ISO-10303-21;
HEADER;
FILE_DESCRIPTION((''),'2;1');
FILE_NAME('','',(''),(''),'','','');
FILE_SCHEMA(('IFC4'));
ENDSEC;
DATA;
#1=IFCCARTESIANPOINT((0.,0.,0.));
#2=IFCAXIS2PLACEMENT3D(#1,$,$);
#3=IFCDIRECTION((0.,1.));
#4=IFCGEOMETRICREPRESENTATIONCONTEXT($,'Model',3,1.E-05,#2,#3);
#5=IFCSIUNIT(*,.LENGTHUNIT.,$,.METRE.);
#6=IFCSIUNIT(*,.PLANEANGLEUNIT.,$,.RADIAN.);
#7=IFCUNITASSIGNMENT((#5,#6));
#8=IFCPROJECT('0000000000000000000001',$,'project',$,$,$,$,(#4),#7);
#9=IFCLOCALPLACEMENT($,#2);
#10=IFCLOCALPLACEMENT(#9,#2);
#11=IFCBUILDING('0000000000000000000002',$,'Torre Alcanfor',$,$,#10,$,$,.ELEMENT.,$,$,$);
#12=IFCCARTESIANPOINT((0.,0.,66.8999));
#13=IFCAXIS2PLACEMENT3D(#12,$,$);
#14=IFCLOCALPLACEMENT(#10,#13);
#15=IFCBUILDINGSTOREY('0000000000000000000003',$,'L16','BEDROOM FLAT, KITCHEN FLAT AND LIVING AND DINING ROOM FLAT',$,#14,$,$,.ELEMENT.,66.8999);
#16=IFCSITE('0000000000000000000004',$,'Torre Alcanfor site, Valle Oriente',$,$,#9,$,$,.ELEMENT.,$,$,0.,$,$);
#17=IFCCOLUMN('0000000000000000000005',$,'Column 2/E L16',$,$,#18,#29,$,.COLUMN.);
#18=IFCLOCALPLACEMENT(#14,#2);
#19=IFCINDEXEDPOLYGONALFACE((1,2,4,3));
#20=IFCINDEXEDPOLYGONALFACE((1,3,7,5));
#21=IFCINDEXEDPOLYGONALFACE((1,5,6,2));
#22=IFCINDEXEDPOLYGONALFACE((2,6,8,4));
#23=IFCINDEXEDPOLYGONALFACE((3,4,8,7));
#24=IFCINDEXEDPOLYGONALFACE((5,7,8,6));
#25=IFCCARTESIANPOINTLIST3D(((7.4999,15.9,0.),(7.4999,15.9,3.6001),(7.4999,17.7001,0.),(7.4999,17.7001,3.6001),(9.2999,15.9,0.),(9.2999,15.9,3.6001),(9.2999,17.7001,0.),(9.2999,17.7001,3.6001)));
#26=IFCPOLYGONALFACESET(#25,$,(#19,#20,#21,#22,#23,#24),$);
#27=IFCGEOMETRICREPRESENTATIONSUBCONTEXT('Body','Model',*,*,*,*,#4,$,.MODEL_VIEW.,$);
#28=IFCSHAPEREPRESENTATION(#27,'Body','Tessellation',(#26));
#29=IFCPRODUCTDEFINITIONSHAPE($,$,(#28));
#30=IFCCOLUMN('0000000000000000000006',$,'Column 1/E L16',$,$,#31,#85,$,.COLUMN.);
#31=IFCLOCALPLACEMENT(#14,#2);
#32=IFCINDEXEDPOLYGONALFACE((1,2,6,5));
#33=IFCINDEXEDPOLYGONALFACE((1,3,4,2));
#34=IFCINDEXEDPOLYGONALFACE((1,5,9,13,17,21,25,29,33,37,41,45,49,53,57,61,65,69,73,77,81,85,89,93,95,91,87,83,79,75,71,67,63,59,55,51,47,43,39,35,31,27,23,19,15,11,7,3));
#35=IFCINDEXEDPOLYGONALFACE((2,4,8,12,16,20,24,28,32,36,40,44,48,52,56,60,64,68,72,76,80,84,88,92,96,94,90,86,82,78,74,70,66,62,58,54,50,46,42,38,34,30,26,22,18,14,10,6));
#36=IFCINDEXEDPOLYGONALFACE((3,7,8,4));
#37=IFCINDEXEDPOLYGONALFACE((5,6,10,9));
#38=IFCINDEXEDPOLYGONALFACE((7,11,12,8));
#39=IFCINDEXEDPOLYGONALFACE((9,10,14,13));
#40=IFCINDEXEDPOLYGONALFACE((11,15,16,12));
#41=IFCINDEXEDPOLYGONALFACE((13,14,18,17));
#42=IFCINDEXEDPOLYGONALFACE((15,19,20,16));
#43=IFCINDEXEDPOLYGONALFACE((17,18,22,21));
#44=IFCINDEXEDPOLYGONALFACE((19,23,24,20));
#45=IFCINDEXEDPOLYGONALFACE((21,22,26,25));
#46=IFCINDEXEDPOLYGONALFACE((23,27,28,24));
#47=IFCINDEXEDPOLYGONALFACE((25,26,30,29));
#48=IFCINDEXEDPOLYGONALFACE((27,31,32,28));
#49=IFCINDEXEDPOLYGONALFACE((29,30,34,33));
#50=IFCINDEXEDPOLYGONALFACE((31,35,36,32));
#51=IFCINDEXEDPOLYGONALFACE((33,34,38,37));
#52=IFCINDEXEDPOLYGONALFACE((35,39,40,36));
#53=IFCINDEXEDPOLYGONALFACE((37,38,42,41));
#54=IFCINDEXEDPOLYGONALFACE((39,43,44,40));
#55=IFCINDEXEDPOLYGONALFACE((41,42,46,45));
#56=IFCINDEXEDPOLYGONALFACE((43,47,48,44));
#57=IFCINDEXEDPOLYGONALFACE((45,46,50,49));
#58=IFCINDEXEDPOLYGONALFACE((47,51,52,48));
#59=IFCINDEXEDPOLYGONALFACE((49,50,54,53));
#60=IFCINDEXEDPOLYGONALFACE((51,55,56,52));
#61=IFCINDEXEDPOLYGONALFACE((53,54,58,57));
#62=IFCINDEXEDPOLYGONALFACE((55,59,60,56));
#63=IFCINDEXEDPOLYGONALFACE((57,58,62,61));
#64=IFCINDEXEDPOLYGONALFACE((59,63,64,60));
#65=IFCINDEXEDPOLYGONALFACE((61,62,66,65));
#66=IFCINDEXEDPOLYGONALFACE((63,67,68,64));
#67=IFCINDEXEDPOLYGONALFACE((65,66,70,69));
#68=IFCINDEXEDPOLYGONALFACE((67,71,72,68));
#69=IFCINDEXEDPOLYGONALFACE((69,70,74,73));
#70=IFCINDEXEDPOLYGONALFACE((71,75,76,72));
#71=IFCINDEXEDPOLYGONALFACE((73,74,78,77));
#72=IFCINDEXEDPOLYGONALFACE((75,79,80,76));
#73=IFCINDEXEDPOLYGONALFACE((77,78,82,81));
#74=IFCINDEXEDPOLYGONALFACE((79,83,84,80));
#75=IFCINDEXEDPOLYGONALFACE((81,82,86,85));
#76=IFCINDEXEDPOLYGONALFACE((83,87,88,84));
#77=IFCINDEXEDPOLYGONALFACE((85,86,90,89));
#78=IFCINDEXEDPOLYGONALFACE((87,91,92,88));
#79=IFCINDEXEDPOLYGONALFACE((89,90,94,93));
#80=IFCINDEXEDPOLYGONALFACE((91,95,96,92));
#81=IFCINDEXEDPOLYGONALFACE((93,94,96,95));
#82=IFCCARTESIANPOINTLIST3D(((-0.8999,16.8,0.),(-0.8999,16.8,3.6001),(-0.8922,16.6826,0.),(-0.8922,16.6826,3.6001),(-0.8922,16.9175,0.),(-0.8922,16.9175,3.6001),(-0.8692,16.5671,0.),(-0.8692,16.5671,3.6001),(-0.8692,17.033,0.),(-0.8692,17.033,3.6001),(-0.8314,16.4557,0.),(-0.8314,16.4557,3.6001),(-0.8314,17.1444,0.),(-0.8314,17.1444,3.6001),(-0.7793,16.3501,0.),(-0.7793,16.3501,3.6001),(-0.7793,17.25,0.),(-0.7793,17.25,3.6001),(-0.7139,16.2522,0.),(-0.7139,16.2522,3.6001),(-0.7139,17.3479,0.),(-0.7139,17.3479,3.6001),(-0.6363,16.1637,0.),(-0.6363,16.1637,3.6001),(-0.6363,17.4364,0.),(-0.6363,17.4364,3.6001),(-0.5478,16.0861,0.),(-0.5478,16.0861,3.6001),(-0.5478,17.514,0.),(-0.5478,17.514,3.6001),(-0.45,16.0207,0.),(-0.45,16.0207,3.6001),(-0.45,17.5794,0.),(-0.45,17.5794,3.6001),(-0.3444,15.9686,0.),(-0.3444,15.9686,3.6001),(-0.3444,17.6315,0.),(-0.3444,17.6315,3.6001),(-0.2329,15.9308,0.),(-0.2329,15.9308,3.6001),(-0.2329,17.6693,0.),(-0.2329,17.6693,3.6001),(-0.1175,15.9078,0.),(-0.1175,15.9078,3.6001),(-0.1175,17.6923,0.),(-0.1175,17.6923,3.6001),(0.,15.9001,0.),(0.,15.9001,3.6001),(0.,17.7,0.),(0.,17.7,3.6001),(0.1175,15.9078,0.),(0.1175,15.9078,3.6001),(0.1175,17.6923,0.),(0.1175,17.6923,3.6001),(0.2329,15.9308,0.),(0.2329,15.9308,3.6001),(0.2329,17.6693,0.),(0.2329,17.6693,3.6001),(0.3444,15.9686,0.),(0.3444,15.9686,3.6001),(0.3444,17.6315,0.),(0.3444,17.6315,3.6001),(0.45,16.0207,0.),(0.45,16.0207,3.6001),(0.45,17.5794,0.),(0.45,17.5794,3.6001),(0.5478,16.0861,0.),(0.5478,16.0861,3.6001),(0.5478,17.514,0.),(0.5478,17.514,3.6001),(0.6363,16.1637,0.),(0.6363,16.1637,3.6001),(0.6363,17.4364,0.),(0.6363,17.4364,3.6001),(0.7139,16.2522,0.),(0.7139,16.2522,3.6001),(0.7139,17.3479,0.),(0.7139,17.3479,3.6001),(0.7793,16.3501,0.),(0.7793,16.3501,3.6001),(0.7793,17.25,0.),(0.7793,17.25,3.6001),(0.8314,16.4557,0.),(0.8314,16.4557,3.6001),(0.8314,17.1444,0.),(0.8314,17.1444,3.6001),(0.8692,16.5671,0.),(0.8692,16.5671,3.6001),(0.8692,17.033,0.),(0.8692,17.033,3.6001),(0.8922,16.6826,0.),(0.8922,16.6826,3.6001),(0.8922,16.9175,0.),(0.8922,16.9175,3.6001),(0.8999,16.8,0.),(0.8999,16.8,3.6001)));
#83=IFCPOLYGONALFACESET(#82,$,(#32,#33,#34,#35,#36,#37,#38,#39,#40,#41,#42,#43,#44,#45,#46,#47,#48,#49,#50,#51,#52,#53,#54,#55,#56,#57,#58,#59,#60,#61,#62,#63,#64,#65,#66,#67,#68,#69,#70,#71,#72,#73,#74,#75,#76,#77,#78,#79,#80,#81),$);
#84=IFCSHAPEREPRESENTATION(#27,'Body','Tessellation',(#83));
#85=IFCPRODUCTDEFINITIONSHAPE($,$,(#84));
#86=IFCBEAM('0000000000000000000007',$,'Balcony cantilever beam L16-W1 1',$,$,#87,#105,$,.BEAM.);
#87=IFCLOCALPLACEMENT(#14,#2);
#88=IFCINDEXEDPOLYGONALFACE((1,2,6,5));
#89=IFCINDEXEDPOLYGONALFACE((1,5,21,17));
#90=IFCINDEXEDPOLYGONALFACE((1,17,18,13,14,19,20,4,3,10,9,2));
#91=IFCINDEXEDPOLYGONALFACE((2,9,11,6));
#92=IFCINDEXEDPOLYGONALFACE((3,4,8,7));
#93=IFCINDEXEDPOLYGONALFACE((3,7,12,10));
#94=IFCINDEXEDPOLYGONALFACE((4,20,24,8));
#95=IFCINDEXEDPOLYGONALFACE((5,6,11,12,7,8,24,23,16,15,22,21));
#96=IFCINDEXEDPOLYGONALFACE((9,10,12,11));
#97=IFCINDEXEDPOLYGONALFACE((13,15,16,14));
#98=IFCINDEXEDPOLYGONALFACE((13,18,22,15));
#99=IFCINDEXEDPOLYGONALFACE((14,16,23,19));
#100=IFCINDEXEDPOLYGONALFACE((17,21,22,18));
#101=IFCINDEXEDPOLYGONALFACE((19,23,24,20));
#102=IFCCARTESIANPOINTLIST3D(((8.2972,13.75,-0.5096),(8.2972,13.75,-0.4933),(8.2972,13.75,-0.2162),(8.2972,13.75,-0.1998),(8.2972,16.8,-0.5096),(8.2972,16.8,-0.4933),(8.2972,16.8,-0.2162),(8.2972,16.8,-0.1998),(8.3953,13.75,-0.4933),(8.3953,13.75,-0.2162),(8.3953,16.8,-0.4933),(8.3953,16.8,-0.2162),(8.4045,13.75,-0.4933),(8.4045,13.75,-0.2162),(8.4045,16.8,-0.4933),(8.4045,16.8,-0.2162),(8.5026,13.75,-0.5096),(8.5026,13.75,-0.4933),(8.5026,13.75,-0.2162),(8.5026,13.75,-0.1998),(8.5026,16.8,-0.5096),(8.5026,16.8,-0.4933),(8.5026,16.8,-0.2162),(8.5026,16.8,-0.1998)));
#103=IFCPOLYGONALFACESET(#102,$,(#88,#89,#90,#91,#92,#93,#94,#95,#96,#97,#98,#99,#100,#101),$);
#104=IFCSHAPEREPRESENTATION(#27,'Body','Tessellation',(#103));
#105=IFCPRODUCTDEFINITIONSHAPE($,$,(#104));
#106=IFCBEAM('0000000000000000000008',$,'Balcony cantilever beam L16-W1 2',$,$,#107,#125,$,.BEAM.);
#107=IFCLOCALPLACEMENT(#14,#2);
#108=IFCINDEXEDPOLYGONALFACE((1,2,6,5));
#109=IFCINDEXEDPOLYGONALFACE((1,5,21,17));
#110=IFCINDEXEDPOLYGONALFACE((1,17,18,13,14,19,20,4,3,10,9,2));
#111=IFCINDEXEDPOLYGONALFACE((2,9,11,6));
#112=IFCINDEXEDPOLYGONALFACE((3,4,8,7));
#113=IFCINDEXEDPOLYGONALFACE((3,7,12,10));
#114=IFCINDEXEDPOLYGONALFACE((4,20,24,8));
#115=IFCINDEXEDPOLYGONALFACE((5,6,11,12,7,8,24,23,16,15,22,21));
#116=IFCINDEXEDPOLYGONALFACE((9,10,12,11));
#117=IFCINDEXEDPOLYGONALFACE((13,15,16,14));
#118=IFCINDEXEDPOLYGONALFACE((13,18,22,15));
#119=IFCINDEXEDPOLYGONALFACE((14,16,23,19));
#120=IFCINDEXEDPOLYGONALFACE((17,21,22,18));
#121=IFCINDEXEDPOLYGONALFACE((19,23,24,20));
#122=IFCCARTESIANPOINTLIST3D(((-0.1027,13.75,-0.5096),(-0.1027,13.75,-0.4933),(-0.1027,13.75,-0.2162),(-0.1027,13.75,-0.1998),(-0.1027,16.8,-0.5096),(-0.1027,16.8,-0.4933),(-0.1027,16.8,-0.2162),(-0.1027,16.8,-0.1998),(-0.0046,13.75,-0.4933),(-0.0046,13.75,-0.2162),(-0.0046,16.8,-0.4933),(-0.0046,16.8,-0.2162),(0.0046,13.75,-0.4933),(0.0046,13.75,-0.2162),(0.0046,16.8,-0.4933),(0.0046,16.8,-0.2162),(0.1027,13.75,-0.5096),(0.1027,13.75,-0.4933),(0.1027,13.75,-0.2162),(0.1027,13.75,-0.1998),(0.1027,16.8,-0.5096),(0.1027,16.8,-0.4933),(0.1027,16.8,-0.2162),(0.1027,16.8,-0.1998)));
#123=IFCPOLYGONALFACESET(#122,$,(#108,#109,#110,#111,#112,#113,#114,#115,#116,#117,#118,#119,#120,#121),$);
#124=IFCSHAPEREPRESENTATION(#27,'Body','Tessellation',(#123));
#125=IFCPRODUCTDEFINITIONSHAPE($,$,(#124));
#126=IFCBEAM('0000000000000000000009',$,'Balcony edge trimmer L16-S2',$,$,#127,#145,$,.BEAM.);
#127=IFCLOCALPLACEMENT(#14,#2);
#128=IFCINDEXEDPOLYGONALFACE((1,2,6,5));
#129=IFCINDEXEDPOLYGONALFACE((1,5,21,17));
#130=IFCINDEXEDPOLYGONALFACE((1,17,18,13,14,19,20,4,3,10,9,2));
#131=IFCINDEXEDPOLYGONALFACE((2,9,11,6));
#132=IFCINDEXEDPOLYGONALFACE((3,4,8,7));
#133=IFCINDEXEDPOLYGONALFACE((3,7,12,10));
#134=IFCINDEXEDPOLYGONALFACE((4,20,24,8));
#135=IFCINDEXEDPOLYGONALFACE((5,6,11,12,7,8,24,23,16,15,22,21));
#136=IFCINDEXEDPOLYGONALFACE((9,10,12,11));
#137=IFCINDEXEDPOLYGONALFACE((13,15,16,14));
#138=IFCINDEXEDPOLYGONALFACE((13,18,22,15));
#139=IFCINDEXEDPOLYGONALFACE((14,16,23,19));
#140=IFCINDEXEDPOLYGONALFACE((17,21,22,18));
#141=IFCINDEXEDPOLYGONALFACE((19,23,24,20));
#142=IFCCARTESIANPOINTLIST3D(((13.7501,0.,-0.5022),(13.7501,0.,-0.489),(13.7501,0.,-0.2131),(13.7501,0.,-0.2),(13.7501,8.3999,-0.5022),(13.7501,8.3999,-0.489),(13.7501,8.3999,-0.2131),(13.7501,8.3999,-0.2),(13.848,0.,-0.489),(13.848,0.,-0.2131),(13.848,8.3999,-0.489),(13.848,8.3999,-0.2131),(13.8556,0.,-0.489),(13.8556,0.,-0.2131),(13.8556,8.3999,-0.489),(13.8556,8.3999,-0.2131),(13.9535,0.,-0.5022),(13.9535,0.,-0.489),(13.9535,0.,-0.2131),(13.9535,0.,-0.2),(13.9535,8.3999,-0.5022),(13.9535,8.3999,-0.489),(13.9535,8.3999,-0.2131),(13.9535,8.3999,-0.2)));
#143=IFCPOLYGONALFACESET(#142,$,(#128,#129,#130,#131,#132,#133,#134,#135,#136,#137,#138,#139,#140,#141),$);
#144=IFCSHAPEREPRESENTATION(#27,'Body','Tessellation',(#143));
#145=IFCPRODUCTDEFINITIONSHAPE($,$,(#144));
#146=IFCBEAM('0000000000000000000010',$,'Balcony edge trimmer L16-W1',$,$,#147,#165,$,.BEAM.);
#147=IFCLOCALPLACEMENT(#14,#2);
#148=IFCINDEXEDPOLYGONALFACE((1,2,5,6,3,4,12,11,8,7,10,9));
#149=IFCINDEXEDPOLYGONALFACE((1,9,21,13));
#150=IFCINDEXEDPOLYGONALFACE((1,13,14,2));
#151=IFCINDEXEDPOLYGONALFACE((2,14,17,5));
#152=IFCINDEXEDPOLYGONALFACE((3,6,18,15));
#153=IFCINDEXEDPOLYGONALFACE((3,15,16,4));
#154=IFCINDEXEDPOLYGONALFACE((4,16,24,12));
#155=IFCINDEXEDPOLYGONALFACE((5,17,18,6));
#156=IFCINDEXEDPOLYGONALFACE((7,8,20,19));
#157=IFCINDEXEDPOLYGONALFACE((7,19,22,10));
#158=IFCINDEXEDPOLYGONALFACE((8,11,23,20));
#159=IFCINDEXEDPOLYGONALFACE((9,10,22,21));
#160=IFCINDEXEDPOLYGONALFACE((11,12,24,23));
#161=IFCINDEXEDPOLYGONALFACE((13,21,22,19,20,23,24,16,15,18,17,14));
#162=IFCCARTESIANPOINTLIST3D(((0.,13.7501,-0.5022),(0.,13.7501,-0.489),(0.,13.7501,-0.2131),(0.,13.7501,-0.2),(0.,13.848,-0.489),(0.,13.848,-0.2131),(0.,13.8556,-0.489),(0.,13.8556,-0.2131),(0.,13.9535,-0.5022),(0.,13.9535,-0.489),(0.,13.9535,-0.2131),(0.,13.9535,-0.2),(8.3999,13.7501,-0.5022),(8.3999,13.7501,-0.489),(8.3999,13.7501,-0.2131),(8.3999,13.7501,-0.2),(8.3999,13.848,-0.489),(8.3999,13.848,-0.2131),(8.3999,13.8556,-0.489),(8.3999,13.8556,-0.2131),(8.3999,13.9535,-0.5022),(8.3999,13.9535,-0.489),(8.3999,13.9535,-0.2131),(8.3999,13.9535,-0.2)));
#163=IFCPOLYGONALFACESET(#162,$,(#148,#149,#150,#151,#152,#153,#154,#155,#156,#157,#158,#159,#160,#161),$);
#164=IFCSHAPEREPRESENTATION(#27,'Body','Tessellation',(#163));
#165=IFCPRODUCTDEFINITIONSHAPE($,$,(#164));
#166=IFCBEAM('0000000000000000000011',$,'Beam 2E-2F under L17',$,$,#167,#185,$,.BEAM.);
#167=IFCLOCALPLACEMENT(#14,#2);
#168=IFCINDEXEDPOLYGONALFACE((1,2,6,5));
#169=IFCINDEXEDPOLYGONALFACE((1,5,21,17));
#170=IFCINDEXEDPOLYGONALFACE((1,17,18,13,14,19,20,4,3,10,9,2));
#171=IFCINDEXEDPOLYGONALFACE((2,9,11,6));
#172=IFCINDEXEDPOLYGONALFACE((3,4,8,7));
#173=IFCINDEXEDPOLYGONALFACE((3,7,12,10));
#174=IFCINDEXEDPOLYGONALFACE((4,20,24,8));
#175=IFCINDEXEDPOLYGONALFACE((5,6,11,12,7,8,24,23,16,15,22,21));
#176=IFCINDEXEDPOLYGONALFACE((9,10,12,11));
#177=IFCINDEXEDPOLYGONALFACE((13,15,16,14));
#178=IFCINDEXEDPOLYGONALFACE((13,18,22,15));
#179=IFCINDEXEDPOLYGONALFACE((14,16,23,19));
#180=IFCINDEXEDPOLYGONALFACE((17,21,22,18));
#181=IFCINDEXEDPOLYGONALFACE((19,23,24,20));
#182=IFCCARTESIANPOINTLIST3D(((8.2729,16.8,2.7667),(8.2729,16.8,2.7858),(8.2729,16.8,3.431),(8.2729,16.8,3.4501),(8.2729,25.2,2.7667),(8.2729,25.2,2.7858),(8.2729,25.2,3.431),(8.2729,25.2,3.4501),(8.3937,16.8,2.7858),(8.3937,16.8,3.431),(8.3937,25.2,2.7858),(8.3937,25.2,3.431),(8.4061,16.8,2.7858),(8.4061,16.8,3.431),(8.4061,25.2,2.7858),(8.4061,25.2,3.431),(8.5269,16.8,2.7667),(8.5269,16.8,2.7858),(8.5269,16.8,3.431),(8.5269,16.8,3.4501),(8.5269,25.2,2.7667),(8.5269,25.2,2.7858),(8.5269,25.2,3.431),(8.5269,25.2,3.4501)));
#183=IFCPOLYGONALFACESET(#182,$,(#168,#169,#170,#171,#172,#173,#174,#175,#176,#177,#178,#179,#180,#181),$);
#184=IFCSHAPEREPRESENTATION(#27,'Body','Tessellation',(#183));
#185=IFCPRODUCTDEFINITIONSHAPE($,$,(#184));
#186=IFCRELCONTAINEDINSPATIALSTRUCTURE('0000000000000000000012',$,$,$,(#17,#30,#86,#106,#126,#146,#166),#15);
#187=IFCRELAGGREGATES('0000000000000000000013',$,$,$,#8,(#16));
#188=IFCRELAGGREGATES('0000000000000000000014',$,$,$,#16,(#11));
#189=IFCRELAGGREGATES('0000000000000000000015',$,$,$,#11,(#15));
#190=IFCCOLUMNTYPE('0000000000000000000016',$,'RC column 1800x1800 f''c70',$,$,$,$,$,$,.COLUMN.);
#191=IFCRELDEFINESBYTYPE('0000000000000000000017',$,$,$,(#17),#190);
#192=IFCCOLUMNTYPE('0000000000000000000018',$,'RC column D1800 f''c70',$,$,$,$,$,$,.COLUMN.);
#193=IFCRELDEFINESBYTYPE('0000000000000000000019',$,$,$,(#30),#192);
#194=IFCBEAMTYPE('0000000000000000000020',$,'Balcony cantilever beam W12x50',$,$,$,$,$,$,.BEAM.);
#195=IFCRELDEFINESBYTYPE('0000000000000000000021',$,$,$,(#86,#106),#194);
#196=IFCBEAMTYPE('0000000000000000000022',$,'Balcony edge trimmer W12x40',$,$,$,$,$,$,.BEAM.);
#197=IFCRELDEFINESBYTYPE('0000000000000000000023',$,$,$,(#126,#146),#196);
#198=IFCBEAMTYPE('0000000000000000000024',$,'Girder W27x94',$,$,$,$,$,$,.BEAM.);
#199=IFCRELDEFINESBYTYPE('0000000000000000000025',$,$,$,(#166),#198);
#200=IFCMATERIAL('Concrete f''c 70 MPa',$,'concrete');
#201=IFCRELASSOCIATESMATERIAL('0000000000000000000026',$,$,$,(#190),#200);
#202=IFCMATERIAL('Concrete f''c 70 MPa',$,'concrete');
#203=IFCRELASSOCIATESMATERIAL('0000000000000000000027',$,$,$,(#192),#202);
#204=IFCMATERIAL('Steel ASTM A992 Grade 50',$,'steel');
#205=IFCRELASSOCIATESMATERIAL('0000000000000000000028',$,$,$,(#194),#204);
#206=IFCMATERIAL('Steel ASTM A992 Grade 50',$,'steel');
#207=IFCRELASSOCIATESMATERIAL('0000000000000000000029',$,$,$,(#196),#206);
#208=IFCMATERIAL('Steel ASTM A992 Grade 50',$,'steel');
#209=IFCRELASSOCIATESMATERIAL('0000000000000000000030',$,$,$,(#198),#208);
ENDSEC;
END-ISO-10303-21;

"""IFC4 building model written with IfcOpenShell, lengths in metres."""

from ifc_helpers import new_model, si_unit, direction, frame, origin, origin_2d, place, context, subcontext, project, spatial, rectangle, circle, i_section, extrude, material, material_profile, profile_set, type_object, element, save


model = new_model("IFC4")

# Units and contexts
model_context = context("Model", 3, precision=1e-05, world=origin(), true_north=direction((0.0, 1.0)))
body_context = subcontext(model_context, "Body", "Model", "MODEL_VIEW")
ifc_project = project(units=[si_unit("LENGTHUNIT", "METRE"), si_unit("PLANEANGLEUNIT", "RADIAN")], contexts=[model_context])

# Site, building, storey
site_placement = place(None, origin())
site = spatial("IfcSite", under=ifc_project, at=site_placement, Name="Torre Alcanfor site, Valle Oriente", CompositionType="ELEMENT", RefElevation=0.0)
building_placement = place(site_placement, origin())
building = spatial("IfcBuilding", under=site, at=building_placement, Name="Torre Alcanfor", CompositionType="ELEMENT")
storey_placement = place(building_placement, frame((0.0, 0.0, 66.8999)))
storey = spatial("IfcBuildingStorey", under=building, at=storey_placement, Name="L16", Description="BEDROOM FLAT, KITCHEN FLAT AND LIVING AND DINING ROOM FLAT", CompositionType="ELEMENT", Elevation=66.8999)

# Columns
ifc_material_1 = material(Name="Concrete f'c 70 MPa", Category="concrete")
ifc_material_profile_1 = material_profile(ifc_material_1, rectangle(XDim=1.8, YDim=1.8, at=origin_2d()), Name="1800x1800")
ifc_profile_set_1 = profile_set([ifc_material_profile_1], Name="Concrete f'c 70 MPa")
column_type_1 = type_object("IfcColumnType", Name="RC column 1800x1800 f'c70", PredefinedType="COLUMN", material=ifc_profile_set_1)
column_1_placement = place(storey_placement, frame((8.3999, 16.8, 0.0), z_axis=(0.0, 0.0, 1.0), x_axis=(1.0, 0.0, 0.0)))
element("IfcColumn", 1, at=column_1_placement, inside=storey, type_object=column_type_1, Name="Column 2/E L16", PredefinedType="COLUMN", context=body_context, shape_type="SweptSolid", body=[
    extrude(rectangle(XDim=1.8, YDim=1.8, at=origin_2d()), origin(), (0.0, 0.0, 1.0), 3.6001),
])
ifc_material_2 = material(Name="Concrete f'c 70 MPa", Category="concrete")
ifc_material_profile_2 = material_profile(ifc_material_2, circle(Radius=0.8999, at=origin_2d()), Name="D1800")
ifc_profile_set_2 = profile_set([ifc_material_profile_2], Name="Concrete f'c 70 MPa")
column_type_2 = type_object("IfcColumnType", Name="RC column D1800 f'c70", PredefinedType="COLUMN", material=ifc_profile_set_2)
column_2_placement = place(storey_placement, frame((0.0, 16.8, 0.0), z_axis=(0.0, 0.0, 1.0), x_axis=(1.0, 0.0, 0.0)))
element("IfcColumn", 2, at=column_2_placement, inside=storey, type_object=column_type_2, Name="Column 1/E L16", PredefinedType="COLUMN", context=body_context, shape_type="SweptSolid", body=[
    extrude(circle(Radius=0.8999, at=origin_2d()), origin(), (0.0, 0.0, 1.0), 3.6001),
])

# Beams
ifc_material_3 = material(Name="Steel ASTM A992 Grade 50", Category="steel")
ifc_material_profile_3 = material_profile(ifc_material_3, i_section(OverallWidth=0.2053, OverallDepth=0.3098, WebThickness=0.0093, FlangeThickness=0.0164, at=origin_2d()), Name="W12x50")
ifc_profile_set_3 = profile_set([ifc_material_profile_3], Name="Steel ASTM A992 Grade 50")
beam_type_1 = type_object("IfcBeamType", Name="Balcony cantilever beam W12x50", PredefinedType="BEAM", material=ifc_profile_set_3)
for number, where, z_axis, x_axis, name in (
    (3, (8.3999, 16.8, -0.3547), (0.0, -1.0, 0.0), (1.0, 0.0, 0.0), "Balcony cantilever beam L16-W1 1"),
    (4, (0.0, 16.8, -0.3547), (0.0, -1.0, 0.0), (1.0, 0.0, 0.0), "Balcony cantilever beam L16-W1 2"),
):
    element("IfcBeam", number, at=place(storey_placement, frame(where, z_axis=z_axis, x_axis=x_axis)), inside=storey, type_object=beam_type_1, Name=name, PredefinedType="BEAM", context=body_context, shape_type="SweptSolid", body=[
        extrude(i_section(OverallWidth=0.2053, OverallDepth=0.3098, WebThickness=0.0093, FlangeThickness=0.0164, at=origin_2d()), origin(), (0.0, 0.0, 1.0), 3.05),
    ])
ifc_material_4 = material(Name="Steel ASTM A992 Grade 50", Category="steel")
ifc_material_profile_4 = material_profile(ifc_material_4, i_section(OverallWidth=0.2034, OverallDepth=0.3022, WebThickness=0.0076, FlangeThickness=0.0132, at=origin_2d()), Name="W12x40")
ifc_profile_set_4 = profile_set([ifc_material_profile_4], Name="Steel ASTM A992 Grade 50")
beam_type_2 = type_object("IfcBeamType", Name="Balcony edge trimmer W12x40", PredefinedType="BEAM", material=ifc_profile_set_4)
for number, where, z_axis, x_axis, name in (
    (5, (13.8518, 8.3999, -0.3511), (0.0, -1.0, 0.0), (1.0, 0.0, 0.0), "Balcony edge trimmer L16-S2"),
    (6, (8.3999, 13.8518, -0.3511), (-1.0, 0.0, 0.0), (0.0, -1.0, 0.0), "Balcony edge trimmer L16-W1"),
):
    element("IfcBeam", number, at=place(storey_placement, frame(where, z_axis=z_axis, x_axis=x_axis)), inside=storey, type_object=beam_type_2, Name=name, PredefinedType="BEAM", context=body_context, shape_type="SweptSolid", body=[
        extrude(i_section(OverallWidth=0.2034, OverallDepth=0.3022, WebThickness=0.0076, FlangeThickness=0.0132, at=origin_2d()), origin(), (0.0, 0.0, 1.0), 8.3999),
    ])
ifc_material_5 = material(Name="Steel ASTM A992 Grade 50", Category="steel")
ifc_material_profile_5 = material_profile(ifc_material_5, i_section(OverallWidth=0.2539, OverallDepth=0.6833, WebThickness=0.0125, FlangeThickness=0.019, at=origin_2d()), Name="W27x94")
ifc_profile_set_5 = profile_set([ifc_material_profile_5], Name="Steel ASTM A992 Grade 50")
beam_type_3 = type_object("IfcBeamType", Name="Girder W27x94", PredefinedType="BEAM", material=ifc_profile_set_5)
beam_1_placement = place(storey_placement, frame((8.3999, 16.8, 3.1084), z_axis=(0.0, 1.0, 0.0), x_axis=(-1.0, 0.0, 0.0)))
element("IfcBeam", 7, at=beam_1_placement, inside=storey, type_object=beam_type_3, Name="Beam 2E-2F under L17", PredefinedType="BEAM", context=body_context, shape_type="SweptSolid", body=[
    extrude(i_section(OverallWidth=0.2539, OverallDepth=0.6833, WebThickness=0.0125, FlangeThickness=0.019, at=origin_2d()), origin(), (0.0, 0.0, 1.0), 8.3999),
])

save(model, "model.ifc")
